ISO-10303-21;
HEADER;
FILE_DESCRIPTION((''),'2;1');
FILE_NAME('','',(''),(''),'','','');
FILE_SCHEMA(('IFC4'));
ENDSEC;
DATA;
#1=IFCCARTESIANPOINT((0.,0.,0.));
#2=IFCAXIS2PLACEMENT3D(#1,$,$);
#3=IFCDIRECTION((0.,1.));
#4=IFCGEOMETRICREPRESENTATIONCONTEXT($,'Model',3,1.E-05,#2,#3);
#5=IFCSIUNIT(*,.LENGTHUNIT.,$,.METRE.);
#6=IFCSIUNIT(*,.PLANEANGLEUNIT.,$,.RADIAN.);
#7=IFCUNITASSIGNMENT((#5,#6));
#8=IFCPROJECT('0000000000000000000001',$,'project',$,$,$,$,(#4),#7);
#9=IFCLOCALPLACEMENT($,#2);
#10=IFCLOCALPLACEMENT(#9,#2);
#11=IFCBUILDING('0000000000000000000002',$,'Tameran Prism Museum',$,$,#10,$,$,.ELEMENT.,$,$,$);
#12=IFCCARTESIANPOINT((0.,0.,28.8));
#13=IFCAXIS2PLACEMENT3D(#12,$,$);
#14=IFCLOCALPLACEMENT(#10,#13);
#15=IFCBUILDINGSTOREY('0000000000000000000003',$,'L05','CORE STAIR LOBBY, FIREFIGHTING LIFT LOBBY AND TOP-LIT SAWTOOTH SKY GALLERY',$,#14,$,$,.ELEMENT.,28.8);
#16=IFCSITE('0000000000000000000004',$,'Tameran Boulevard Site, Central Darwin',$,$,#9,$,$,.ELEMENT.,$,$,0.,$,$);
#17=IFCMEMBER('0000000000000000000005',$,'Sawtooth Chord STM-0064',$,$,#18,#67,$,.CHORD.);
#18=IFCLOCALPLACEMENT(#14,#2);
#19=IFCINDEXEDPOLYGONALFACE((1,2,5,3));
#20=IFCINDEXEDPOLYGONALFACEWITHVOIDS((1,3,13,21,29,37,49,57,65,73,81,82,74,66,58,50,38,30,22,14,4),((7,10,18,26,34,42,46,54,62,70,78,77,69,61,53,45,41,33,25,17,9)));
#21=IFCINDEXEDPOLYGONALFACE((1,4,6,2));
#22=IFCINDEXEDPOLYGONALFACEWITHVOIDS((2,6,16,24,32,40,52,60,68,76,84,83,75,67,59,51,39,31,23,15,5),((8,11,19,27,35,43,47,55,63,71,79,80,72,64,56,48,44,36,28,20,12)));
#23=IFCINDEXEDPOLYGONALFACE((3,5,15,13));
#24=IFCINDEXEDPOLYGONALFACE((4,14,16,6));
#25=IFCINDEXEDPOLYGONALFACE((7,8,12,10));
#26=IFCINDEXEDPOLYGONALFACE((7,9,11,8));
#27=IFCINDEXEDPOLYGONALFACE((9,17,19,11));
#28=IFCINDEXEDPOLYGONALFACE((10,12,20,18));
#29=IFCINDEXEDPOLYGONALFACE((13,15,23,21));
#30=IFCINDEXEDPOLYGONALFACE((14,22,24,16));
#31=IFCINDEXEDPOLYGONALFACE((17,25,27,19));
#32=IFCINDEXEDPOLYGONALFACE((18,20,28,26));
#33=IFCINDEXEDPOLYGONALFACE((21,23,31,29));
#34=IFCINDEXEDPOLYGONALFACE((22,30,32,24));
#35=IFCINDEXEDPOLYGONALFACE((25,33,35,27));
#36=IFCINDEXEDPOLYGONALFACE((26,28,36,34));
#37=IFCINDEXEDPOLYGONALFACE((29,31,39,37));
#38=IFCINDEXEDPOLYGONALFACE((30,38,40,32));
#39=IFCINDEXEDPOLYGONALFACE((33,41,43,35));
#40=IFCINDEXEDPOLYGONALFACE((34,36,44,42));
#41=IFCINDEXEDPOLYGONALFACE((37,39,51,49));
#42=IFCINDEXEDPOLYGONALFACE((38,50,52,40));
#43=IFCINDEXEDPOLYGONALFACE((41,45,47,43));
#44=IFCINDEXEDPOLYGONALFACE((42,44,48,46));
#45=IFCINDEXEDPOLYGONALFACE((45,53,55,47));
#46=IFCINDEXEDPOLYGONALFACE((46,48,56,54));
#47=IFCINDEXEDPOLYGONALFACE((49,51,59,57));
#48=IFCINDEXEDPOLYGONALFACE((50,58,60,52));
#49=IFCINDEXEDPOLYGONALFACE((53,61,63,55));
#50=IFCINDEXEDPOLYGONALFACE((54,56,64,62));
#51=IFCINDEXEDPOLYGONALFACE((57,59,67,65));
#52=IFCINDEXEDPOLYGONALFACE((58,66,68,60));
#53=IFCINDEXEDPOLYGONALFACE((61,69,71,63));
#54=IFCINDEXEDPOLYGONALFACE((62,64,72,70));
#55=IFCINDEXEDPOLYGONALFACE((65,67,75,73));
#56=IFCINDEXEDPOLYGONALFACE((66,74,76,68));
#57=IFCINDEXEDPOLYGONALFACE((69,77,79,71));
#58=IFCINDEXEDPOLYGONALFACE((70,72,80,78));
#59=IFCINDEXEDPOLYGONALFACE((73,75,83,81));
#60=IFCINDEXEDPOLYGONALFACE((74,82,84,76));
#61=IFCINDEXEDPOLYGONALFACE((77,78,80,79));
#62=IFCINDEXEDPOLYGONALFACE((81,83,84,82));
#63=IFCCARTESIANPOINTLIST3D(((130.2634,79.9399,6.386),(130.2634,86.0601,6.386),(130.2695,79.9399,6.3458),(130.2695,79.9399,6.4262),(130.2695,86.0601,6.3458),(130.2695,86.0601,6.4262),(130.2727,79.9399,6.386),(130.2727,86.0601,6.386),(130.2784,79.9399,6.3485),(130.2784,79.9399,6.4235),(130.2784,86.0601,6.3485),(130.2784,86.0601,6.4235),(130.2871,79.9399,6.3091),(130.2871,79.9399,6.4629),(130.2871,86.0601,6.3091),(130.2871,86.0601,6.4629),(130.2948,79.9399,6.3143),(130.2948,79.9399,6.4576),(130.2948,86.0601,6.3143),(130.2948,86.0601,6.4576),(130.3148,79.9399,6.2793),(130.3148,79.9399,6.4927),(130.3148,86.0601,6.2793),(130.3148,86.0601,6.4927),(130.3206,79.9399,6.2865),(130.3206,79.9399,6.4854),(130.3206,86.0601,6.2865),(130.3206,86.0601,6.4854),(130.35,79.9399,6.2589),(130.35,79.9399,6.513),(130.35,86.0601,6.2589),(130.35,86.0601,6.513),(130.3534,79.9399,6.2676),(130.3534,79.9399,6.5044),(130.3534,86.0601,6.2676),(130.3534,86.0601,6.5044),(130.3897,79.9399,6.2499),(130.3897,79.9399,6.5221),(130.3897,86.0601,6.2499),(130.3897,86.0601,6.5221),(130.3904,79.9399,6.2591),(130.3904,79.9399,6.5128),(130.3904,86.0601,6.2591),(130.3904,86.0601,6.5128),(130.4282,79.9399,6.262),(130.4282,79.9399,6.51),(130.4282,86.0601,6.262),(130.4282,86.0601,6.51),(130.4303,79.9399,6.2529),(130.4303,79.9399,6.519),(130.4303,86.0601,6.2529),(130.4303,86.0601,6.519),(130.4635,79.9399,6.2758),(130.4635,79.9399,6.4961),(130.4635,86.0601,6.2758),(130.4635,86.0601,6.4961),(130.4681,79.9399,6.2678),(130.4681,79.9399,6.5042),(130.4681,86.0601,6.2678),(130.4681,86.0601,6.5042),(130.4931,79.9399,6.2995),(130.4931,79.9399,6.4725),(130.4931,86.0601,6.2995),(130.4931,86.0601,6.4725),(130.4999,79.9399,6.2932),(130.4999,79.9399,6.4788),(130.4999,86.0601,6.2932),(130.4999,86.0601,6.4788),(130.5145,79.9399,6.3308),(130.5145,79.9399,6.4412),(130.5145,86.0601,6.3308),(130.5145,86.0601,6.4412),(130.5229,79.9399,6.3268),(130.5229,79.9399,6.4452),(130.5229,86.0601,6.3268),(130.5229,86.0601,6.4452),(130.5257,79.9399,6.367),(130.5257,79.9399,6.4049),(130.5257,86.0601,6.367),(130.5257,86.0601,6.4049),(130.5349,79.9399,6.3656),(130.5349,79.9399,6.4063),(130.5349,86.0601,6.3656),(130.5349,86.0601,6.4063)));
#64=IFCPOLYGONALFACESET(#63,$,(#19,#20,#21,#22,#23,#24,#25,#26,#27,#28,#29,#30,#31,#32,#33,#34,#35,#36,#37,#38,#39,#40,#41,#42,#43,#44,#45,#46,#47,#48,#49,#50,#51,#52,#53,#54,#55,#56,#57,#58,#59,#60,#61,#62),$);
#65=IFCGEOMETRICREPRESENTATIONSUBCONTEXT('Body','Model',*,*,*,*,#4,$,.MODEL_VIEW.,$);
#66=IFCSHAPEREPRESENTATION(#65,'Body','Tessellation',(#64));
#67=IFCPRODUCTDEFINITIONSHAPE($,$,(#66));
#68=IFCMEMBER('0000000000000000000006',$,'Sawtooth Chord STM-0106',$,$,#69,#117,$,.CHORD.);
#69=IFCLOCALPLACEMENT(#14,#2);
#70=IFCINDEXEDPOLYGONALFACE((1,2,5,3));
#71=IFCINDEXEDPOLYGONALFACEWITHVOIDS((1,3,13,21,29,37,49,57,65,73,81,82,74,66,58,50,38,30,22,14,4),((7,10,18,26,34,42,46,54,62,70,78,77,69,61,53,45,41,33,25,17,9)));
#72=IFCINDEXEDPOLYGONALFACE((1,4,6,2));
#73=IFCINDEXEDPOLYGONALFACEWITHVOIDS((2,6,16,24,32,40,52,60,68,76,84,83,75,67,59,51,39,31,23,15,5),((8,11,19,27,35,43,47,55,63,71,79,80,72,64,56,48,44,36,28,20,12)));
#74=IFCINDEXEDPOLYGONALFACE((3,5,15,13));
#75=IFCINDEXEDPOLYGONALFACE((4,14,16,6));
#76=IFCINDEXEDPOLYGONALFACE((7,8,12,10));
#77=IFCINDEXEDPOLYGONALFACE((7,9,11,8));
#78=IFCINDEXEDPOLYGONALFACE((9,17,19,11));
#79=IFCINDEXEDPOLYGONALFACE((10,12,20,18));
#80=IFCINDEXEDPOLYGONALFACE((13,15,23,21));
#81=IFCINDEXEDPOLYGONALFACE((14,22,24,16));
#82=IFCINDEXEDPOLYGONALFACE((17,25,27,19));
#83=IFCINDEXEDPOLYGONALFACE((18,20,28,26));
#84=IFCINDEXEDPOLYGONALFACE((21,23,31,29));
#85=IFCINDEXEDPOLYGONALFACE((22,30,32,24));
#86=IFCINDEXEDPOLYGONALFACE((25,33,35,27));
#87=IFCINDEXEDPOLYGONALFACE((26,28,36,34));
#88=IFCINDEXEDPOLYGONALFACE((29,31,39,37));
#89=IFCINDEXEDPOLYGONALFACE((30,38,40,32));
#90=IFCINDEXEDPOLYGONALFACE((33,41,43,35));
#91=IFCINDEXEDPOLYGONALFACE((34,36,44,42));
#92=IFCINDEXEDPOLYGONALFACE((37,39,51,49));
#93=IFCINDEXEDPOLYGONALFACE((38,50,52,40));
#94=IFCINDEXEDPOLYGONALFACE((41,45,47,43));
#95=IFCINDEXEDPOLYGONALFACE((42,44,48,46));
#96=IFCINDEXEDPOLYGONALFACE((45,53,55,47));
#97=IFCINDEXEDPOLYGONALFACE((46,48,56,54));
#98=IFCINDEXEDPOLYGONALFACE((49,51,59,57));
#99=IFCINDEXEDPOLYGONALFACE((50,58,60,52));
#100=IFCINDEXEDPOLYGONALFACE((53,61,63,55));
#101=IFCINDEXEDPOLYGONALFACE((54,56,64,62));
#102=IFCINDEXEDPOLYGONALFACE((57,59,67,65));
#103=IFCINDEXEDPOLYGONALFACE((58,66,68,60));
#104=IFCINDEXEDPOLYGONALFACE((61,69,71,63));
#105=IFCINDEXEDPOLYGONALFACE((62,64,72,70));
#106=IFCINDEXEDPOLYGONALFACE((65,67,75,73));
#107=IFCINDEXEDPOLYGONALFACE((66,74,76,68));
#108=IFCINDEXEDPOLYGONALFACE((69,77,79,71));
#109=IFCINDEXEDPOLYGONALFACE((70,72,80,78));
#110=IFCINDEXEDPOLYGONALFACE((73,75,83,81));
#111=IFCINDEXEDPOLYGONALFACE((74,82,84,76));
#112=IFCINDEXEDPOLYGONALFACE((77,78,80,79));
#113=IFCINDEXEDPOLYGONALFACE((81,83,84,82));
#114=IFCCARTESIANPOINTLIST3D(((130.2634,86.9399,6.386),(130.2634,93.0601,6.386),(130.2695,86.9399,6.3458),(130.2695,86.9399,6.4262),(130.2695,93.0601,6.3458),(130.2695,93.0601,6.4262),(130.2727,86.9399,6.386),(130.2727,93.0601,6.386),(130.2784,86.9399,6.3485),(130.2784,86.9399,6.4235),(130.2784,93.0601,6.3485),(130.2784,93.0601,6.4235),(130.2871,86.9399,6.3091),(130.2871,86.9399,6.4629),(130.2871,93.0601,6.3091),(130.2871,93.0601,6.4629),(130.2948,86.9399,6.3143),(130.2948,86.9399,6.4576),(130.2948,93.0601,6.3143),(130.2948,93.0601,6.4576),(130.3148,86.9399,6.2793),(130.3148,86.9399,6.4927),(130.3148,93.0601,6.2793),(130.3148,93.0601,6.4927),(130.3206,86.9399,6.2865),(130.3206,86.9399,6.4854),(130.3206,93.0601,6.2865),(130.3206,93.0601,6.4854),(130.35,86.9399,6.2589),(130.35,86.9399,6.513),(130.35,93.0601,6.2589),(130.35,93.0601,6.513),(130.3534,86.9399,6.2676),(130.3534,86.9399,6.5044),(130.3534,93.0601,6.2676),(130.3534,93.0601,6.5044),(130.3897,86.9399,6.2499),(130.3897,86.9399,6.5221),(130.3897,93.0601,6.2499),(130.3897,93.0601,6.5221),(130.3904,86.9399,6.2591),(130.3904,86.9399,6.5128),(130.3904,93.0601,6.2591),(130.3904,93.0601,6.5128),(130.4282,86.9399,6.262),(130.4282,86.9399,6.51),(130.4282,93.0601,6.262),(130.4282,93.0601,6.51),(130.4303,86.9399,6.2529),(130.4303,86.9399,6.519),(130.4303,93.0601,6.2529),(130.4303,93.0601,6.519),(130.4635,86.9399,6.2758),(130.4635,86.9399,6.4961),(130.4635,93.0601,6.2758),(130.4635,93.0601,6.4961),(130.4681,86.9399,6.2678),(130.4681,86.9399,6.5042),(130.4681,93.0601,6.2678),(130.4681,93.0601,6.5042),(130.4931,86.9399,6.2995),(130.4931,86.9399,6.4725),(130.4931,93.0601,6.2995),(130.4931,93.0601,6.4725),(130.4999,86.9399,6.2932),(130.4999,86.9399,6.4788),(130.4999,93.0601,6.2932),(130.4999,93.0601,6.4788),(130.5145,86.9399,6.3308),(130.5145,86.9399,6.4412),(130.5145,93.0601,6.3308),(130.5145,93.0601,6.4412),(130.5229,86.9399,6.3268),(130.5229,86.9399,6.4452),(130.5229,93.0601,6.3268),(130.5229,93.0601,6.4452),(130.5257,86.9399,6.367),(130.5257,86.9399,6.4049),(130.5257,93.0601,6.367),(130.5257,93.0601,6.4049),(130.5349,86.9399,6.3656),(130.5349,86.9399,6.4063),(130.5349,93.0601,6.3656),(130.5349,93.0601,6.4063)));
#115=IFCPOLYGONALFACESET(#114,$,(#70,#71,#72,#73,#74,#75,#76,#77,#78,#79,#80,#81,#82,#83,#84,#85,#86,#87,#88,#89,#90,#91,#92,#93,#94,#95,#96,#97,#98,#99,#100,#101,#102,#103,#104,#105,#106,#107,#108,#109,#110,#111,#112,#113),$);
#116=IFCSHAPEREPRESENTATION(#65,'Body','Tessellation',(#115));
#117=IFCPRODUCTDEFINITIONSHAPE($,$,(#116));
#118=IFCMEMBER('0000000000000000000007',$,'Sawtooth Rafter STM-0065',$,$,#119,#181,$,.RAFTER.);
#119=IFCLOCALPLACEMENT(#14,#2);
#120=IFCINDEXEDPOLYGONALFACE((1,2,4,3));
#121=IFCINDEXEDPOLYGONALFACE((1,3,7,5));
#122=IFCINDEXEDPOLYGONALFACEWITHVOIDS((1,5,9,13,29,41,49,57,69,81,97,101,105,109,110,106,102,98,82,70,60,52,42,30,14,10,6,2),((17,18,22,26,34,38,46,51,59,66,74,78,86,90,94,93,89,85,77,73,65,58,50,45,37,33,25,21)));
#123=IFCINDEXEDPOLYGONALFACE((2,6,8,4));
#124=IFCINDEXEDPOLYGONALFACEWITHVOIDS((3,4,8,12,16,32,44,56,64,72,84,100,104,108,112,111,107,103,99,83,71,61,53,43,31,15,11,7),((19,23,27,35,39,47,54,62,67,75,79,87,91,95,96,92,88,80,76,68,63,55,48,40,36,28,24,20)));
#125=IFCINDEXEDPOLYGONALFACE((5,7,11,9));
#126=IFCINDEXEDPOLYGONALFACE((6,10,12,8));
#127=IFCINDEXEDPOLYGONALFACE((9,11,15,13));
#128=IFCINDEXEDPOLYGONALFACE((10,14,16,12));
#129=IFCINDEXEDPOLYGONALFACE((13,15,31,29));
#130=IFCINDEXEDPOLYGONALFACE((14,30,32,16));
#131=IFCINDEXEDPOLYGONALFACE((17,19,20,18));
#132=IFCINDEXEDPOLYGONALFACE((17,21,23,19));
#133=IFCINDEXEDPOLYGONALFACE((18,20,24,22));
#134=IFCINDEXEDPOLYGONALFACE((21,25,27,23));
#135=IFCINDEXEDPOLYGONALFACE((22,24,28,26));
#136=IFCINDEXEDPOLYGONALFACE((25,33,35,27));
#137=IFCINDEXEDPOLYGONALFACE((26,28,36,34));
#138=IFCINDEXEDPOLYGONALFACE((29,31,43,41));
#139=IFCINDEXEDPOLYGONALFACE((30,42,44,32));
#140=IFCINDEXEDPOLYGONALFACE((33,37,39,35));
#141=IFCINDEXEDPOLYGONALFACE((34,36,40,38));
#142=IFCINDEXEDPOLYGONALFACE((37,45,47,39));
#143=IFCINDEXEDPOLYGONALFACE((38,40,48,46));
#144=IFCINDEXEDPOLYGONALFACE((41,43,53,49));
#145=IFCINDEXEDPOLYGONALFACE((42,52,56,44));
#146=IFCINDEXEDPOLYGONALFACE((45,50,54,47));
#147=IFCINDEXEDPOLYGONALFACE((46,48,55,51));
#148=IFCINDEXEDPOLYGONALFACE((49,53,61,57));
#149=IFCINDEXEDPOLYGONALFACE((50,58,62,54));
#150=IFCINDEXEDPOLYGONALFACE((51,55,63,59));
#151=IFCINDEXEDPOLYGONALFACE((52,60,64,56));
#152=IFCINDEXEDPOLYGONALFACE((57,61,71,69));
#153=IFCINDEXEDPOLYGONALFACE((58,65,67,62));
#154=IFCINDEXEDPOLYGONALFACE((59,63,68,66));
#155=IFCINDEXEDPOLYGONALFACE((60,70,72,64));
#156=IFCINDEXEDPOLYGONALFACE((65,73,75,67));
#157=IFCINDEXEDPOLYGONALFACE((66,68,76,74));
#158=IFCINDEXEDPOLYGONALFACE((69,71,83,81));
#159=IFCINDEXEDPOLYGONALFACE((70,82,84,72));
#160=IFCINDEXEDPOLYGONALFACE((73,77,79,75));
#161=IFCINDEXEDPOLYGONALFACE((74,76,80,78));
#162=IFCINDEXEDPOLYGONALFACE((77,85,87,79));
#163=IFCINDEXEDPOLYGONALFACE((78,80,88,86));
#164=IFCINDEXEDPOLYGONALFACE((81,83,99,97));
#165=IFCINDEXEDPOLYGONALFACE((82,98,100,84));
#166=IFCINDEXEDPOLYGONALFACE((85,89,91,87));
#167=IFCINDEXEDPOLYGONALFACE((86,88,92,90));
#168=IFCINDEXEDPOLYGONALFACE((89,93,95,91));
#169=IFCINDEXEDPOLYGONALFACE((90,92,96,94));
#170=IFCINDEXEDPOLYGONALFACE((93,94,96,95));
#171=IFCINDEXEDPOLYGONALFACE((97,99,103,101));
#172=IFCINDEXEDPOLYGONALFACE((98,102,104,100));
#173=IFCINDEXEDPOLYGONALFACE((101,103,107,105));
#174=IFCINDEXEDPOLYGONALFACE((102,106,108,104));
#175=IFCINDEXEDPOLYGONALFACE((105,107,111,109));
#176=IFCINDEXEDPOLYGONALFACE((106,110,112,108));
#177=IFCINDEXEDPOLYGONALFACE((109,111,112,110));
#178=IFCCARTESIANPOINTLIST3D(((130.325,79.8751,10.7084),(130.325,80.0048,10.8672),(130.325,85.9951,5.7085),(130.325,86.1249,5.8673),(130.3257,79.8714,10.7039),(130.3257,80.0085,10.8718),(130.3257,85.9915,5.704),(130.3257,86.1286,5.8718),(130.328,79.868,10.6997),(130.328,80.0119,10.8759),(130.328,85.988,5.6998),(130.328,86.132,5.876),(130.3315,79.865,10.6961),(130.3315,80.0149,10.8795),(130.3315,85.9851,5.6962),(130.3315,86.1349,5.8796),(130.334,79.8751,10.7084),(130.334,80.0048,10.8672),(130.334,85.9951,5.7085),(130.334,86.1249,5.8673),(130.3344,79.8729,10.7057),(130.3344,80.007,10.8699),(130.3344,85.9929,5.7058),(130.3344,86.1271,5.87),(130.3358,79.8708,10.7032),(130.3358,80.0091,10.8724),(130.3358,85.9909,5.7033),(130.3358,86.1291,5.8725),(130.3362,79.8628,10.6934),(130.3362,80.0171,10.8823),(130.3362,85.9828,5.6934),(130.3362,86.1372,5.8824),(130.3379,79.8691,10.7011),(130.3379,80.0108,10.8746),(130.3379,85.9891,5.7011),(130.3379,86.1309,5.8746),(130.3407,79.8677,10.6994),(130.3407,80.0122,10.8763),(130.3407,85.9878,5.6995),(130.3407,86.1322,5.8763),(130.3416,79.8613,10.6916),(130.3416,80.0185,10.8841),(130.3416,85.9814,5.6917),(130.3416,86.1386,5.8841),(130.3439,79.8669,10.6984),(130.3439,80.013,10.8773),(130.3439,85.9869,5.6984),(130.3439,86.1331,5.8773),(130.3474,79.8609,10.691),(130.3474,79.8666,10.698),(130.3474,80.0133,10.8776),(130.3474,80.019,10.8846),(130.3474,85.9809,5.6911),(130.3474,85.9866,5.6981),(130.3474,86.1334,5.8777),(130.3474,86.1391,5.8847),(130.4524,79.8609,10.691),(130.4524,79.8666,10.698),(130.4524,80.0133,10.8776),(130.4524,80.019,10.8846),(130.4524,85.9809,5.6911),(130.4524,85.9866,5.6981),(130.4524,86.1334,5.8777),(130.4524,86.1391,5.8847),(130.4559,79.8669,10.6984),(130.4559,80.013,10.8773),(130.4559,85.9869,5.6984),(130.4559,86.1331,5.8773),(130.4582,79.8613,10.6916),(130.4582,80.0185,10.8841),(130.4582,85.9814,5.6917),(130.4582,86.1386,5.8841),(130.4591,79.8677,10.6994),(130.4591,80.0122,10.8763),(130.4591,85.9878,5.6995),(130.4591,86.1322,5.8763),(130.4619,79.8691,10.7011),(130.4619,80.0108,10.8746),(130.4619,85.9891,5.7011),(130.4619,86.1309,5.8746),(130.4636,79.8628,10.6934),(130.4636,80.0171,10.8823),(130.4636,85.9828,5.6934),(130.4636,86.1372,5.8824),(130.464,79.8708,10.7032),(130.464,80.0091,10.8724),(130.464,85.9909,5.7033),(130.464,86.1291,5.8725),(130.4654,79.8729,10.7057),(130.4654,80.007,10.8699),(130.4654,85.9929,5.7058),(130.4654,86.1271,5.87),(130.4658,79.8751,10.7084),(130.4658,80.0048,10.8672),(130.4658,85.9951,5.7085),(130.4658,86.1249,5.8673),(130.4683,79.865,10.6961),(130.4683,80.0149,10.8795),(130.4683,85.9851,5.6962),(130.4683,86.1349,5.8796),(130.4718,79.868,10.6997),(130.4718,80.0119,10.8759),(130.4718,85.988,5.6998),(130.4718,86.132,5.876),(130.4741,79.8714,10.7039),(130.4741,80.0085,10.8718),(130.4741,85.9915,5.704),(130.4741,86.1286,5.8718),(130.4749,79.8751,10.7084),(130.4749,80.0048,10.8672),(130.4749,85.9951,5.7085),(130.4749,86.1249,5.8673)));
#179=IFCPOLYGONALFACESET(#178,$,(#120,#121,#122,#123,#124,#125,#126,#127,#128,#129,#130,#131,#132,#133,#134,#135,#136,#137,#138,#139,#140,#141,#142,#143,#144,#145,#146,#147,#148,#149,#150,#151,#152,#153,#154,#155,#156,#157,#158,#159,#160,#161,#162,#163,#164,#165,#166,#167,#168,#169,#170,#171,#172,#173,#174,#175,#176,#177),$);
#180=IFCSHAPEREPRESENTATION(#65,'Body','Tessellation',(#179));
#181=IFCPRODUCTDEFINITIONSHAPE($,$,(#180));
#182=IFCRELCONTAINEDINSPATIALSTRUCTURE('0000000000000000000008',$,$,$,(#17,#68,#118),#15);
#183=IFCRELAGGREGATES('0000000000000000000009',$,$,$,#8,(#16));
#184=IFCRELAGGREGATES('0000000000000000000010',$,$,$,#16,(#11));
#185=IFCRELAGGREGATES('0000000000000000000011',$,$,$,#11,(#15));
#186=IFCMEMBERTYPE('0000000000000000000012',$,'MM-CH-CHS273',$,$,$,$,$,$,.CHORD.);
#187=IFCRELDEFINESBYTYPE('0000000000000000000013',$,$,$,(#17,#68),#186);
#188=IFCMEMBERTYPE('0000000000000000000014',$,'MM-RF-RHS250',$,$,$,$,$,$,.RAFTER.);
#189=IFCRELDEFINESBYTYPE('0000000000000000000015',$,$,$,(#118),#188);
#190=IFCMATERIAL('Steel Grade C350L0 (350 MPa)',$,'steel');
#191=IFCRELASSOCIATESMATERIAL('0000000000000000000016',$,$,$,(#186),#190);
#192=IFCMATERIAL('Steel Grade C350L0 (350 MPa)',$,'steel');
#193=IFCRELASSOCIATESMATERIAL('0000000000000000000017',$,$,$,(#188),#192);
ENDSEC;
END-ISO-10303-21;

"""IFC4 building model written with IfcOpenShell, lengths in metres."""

from ifc_helpers import new_model, si_unit, direction, frame, origin, origin_2d, place, context, subcontext, project, spatial, hollow_rectangle, hollow_circle, extrude, material, material_profile, profile_set, type_object, element, save


model = new_model("IFC4")

# Units and contexts
model_context = context("Model", 3, precision=1e-05, world=origin(), true_north=direction((0.0, 1.0)))
body_context = subcontext(model_context, "Body", "Model", "MODEL_VIEW")
ifc_project = project(units=[si_unit("LENGTHUNIT", "METRE"), si_unit("PLANEANGLEUNIT", "RADIAN")], contexts=[model_context])

# Site, building, storey
site_placement = place(None, origin())
site = spatial("IfcSite", under=ifc_project, at=site_placement, Name="Tameran Boulevard Site, Central Darwin", CompositionType="ELEMENT", RefElevation=0.0)
building_placement = place(site_placement, origin())
building = spatial("IfcBuilding", under=site, at=building_placement, Name="Tameran Prism Museum", CompositionType="ELEMENT")
storey_placement = place(building_placement, frame((0.0, 0.0, 28.8)))
storey = spatial("IfcBuildingStorey", under=building, at=storey_placement, Name="L05", Description="CORE STAIR LOBBY, FIREFIGHTING LIFT LOBBY AND TOP-LIT SAWTOOTH SKY GALLERY", CompositionType="ELEMENT", Elevation=28.8)

# Members
ifc_material_1 = material(Name="Steel Grade C350L0 (350 MPa)", Category="steel")
ifc_material_profile_1 = material_profile(ifc_material_1, hollow_circle(Radius=0.1365, WallThickness=0.0093, at=origin_2d()))
ifc_profile_set_1 = profile_set([ifc_material_profile_1])
member_type_1 = type_object("IfcMemberType", Name="MM-CH-CHS273", PredefinedType="CHORD", material=ifc_profile_set_1)
for number, where, z_axis, x_axis, name in (
    (1, (130.3999, 79.9399, 6.386), (0.0, 1.0, 0.0), (-1.0, 0.0, 0.0), "Sawtooth Chord STM-0064"),
    (2, (130.3999, 86.9399, 6.386), (0.0, 1.0, 0.0), (-1.0, 0.0, 0.0), "Sawtooth Chord STM-0106"),
):
    element("IfcMember", number, at=place(storey_placement, frame(where, z_axis=z_axis, x_axis=x_axis)), inside=storey, type_object=member_type_1, Name=name, PredefinedType="CHORD", context=body_context, shape_type="SweptSolid", body=[
        extrude(hollow_circle(Radius=0.1365, WallThickness=0.0093, at=origin_2d()), origin(), (0.0, 0.0, 1.0), 6.1201),
    ])
ifc_material_2 = material(Name="Steel Grade C350L0 (350 MPa)", Category="steel")
ifc_material_profile_2 = material_profile(ifc_material_2, hollow_rectangle(XDim=0.1499, YDim=0.25, WallThickness=0.009, InnerFilletRadius=0.0134, OuterFilletRadius=0.0225, at=origin_2d()))
ifc_profile_set_2 = profile_set([ifc_material_profile_2])
member_type_2 = type_object("IfcMemberType", Name="MM-RF-RHS250", PredefinedType="RAFTER", material=ifc_profile_set_2)
for number, where, z_axis, x_axis, name in (
    (3, (130.3999, 79.9399, 10.7878), (0.0, 0.774414, -0.632679), (-1.0, 0.0, 0.0), "Sawtooth Rafter STM-0065"),
):
    element("IfcMember", number, at=place(storey_placement, frame(where, z_axis=z_axis, x_axis=x_axis)), inside=storey, type_object=member_type_2, Name=name, PredefinedType="RAFTER", context=body_context, shape_type="SweptSolid", body=[
        extrude(hollow_rectangle(XDim=0.1499, YDim=0.25, WallThickness=0.009, InnerFilletRadius=0.0134, OuterFilletRadius=0.0225, at=origin_2d()), origin(), (0.0, 0.0, 1.0), 7.9028),
    ])

save(model, "model.ifc")
